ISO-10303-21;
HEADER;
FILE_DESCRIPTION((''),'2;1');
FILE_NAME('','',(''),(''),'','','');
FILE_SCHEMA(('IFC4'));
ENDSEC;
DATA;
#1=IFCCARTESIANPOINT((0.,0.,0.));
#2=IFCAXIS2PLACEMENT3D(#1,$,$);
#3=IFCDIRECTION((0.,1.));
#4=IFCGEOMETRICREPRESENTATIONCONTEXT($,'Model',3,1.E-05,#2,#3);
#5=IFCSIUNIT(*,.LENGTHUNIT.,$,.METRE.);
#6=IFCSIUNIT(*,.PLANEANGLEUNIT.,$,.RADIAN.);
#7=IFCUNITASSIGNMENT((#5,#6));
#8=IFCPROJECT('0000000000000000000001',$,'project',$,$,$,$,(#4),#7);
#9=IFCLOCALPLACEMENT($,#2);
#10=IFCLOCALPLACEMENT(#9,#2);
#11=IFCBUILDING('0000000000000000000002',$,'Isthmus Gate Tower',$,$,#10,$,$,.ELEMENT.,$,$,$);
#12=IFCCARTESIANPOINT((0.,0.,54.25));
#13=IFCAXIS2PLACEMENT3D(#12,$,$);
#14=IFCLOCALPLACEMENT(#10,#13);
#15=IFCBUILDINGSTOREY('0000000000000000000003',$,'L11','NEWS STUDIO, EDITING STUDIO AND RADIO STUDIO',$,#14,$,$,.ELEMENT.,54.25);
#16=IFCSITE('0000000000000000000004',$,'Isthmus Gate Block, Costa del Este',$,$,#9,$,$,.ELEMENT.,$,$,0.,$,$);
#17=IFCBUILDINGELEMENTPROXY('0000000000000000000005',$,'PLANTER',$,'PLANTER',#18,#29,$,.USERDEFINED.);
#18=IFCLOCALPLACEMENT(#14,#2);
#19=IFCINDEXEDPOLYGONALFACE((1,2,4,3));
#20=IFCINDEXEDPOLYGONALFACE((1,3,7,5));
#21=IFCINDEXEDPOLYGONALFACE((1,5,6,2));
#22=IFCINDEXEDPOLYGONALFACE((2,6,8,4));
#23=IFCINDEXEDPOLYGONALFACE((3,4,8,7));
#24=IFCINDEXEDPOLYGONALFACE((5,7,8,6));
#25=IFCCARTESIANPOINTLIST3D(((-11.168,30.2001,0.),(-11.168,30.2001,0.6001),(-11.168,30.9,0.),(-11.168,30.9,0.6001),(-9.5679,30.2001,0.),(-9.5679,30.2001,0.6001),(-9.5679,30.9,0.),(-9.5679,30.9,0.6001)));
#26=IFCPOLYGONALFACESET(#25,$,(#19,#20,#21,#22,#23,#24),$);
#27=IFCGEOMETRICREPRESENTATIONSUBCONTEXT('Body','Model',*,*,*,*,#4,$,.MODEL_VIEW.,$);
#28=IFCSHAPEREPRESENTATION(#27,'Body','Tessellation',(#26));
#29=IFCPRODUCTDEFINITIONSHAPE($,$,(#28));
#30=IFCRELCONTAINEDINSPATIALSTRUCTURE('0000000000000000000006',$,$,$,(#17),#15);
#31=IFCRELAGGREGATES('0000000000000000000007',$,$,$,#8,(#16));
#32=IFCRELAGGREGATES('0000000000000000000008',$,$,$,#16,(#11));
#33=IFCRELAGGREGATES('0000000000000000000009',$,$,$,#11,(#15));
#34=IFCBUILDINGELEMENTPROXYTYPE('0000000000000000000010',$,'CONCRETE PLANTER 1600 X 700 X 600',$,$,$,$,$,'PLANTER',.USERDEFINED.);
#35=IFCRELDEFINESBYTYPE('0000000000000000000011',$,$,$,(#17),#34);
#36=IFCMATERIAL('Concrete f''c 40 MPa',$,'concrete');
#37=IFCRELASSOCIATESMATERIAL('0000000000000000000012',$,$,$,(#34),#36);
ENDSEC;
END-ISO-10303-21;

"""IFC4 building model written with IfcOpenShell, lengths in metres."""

from ifc_helpers import new_model, si_unit, direction, frame, origin, origin_2d, place, context, subcontext, project, spatial, rectangle, extrude, material, type_object, element, save


model = new_model("IFC4")

# Units and contexts
model_context = context("Model", 3, precision=1e-05, world=origin(), true_north=direction((0.0, 1.0)))
body_context = subcontext(model_context, "Body", "Model", "MODEL_VIEW")
ifc_project = project(units=[si_unit("LENGTHUNIT", "METRE"), si_unit("PLANEANGLEUNIT", "RADIAN")], contexts=[model_context])

# Site, building, storey
site_placement = place(None, origin())
site = spatial("IfcSite", under=ifc_project, at=site_placement, Name="Isthmus Gate Block, Costa del Este", CompositionType="ELEMENT", RefElevation=0.0)
building_placement = place(site_placement, origin())
building = spatial("IfcBuilding", under=site, at=building_placement, Name="Isthmus Gate Tower", CompositionType="ELEMENT")
storey_placement = place(building_placement, frame((0.0, 0.0, 54.25)))
storey = spatial("IfcBuildingStorey", under=building, at=storey_placement, Name="L11", Description="NEWS STUDIO, EDITING STUDIO AND RADIO STUDIO", CompositionType="ELEMENT", Elevation=54.25)

# Building element proxy
ifc_material_1 = material(Name="Concrete f'c 40 MPa", Category="concrete")
building_element_proxy_type = type_object("IfcBuildingElementProxyType", Name="CONCRETE PLANTER 1600 X 700 X 600", ElementType="PLANTER", PredefinedType="USERDEFINED", material=ifc_material_1)
for number, where, z_axis, x_axis, name in (
    (1, (-10.3679, 30.55, 0.0), (0.0, 0.0, 1.0), (-1.0, 0.0, 0.0), "PLANTER"),
):
    element("IfcBuildingElementProxy", number, at=place(storey_placement, frame(where, z_axis=z_axis, x_axis=x_axis)), inside=storey, type_object=building_element_proxy_type, Name=name, ObjectType="PLANTER", PredefinedType="USERDEFINED", context=body_context, shape_type="SweptSolid", body=[
        extrude(rectangle(XDim=1.6001, YDim=0.7, at=origin_2d()), origin(), (0.0, 0.0, 1.0), 0.6001),
    ])

save(model, "model.ifc")
